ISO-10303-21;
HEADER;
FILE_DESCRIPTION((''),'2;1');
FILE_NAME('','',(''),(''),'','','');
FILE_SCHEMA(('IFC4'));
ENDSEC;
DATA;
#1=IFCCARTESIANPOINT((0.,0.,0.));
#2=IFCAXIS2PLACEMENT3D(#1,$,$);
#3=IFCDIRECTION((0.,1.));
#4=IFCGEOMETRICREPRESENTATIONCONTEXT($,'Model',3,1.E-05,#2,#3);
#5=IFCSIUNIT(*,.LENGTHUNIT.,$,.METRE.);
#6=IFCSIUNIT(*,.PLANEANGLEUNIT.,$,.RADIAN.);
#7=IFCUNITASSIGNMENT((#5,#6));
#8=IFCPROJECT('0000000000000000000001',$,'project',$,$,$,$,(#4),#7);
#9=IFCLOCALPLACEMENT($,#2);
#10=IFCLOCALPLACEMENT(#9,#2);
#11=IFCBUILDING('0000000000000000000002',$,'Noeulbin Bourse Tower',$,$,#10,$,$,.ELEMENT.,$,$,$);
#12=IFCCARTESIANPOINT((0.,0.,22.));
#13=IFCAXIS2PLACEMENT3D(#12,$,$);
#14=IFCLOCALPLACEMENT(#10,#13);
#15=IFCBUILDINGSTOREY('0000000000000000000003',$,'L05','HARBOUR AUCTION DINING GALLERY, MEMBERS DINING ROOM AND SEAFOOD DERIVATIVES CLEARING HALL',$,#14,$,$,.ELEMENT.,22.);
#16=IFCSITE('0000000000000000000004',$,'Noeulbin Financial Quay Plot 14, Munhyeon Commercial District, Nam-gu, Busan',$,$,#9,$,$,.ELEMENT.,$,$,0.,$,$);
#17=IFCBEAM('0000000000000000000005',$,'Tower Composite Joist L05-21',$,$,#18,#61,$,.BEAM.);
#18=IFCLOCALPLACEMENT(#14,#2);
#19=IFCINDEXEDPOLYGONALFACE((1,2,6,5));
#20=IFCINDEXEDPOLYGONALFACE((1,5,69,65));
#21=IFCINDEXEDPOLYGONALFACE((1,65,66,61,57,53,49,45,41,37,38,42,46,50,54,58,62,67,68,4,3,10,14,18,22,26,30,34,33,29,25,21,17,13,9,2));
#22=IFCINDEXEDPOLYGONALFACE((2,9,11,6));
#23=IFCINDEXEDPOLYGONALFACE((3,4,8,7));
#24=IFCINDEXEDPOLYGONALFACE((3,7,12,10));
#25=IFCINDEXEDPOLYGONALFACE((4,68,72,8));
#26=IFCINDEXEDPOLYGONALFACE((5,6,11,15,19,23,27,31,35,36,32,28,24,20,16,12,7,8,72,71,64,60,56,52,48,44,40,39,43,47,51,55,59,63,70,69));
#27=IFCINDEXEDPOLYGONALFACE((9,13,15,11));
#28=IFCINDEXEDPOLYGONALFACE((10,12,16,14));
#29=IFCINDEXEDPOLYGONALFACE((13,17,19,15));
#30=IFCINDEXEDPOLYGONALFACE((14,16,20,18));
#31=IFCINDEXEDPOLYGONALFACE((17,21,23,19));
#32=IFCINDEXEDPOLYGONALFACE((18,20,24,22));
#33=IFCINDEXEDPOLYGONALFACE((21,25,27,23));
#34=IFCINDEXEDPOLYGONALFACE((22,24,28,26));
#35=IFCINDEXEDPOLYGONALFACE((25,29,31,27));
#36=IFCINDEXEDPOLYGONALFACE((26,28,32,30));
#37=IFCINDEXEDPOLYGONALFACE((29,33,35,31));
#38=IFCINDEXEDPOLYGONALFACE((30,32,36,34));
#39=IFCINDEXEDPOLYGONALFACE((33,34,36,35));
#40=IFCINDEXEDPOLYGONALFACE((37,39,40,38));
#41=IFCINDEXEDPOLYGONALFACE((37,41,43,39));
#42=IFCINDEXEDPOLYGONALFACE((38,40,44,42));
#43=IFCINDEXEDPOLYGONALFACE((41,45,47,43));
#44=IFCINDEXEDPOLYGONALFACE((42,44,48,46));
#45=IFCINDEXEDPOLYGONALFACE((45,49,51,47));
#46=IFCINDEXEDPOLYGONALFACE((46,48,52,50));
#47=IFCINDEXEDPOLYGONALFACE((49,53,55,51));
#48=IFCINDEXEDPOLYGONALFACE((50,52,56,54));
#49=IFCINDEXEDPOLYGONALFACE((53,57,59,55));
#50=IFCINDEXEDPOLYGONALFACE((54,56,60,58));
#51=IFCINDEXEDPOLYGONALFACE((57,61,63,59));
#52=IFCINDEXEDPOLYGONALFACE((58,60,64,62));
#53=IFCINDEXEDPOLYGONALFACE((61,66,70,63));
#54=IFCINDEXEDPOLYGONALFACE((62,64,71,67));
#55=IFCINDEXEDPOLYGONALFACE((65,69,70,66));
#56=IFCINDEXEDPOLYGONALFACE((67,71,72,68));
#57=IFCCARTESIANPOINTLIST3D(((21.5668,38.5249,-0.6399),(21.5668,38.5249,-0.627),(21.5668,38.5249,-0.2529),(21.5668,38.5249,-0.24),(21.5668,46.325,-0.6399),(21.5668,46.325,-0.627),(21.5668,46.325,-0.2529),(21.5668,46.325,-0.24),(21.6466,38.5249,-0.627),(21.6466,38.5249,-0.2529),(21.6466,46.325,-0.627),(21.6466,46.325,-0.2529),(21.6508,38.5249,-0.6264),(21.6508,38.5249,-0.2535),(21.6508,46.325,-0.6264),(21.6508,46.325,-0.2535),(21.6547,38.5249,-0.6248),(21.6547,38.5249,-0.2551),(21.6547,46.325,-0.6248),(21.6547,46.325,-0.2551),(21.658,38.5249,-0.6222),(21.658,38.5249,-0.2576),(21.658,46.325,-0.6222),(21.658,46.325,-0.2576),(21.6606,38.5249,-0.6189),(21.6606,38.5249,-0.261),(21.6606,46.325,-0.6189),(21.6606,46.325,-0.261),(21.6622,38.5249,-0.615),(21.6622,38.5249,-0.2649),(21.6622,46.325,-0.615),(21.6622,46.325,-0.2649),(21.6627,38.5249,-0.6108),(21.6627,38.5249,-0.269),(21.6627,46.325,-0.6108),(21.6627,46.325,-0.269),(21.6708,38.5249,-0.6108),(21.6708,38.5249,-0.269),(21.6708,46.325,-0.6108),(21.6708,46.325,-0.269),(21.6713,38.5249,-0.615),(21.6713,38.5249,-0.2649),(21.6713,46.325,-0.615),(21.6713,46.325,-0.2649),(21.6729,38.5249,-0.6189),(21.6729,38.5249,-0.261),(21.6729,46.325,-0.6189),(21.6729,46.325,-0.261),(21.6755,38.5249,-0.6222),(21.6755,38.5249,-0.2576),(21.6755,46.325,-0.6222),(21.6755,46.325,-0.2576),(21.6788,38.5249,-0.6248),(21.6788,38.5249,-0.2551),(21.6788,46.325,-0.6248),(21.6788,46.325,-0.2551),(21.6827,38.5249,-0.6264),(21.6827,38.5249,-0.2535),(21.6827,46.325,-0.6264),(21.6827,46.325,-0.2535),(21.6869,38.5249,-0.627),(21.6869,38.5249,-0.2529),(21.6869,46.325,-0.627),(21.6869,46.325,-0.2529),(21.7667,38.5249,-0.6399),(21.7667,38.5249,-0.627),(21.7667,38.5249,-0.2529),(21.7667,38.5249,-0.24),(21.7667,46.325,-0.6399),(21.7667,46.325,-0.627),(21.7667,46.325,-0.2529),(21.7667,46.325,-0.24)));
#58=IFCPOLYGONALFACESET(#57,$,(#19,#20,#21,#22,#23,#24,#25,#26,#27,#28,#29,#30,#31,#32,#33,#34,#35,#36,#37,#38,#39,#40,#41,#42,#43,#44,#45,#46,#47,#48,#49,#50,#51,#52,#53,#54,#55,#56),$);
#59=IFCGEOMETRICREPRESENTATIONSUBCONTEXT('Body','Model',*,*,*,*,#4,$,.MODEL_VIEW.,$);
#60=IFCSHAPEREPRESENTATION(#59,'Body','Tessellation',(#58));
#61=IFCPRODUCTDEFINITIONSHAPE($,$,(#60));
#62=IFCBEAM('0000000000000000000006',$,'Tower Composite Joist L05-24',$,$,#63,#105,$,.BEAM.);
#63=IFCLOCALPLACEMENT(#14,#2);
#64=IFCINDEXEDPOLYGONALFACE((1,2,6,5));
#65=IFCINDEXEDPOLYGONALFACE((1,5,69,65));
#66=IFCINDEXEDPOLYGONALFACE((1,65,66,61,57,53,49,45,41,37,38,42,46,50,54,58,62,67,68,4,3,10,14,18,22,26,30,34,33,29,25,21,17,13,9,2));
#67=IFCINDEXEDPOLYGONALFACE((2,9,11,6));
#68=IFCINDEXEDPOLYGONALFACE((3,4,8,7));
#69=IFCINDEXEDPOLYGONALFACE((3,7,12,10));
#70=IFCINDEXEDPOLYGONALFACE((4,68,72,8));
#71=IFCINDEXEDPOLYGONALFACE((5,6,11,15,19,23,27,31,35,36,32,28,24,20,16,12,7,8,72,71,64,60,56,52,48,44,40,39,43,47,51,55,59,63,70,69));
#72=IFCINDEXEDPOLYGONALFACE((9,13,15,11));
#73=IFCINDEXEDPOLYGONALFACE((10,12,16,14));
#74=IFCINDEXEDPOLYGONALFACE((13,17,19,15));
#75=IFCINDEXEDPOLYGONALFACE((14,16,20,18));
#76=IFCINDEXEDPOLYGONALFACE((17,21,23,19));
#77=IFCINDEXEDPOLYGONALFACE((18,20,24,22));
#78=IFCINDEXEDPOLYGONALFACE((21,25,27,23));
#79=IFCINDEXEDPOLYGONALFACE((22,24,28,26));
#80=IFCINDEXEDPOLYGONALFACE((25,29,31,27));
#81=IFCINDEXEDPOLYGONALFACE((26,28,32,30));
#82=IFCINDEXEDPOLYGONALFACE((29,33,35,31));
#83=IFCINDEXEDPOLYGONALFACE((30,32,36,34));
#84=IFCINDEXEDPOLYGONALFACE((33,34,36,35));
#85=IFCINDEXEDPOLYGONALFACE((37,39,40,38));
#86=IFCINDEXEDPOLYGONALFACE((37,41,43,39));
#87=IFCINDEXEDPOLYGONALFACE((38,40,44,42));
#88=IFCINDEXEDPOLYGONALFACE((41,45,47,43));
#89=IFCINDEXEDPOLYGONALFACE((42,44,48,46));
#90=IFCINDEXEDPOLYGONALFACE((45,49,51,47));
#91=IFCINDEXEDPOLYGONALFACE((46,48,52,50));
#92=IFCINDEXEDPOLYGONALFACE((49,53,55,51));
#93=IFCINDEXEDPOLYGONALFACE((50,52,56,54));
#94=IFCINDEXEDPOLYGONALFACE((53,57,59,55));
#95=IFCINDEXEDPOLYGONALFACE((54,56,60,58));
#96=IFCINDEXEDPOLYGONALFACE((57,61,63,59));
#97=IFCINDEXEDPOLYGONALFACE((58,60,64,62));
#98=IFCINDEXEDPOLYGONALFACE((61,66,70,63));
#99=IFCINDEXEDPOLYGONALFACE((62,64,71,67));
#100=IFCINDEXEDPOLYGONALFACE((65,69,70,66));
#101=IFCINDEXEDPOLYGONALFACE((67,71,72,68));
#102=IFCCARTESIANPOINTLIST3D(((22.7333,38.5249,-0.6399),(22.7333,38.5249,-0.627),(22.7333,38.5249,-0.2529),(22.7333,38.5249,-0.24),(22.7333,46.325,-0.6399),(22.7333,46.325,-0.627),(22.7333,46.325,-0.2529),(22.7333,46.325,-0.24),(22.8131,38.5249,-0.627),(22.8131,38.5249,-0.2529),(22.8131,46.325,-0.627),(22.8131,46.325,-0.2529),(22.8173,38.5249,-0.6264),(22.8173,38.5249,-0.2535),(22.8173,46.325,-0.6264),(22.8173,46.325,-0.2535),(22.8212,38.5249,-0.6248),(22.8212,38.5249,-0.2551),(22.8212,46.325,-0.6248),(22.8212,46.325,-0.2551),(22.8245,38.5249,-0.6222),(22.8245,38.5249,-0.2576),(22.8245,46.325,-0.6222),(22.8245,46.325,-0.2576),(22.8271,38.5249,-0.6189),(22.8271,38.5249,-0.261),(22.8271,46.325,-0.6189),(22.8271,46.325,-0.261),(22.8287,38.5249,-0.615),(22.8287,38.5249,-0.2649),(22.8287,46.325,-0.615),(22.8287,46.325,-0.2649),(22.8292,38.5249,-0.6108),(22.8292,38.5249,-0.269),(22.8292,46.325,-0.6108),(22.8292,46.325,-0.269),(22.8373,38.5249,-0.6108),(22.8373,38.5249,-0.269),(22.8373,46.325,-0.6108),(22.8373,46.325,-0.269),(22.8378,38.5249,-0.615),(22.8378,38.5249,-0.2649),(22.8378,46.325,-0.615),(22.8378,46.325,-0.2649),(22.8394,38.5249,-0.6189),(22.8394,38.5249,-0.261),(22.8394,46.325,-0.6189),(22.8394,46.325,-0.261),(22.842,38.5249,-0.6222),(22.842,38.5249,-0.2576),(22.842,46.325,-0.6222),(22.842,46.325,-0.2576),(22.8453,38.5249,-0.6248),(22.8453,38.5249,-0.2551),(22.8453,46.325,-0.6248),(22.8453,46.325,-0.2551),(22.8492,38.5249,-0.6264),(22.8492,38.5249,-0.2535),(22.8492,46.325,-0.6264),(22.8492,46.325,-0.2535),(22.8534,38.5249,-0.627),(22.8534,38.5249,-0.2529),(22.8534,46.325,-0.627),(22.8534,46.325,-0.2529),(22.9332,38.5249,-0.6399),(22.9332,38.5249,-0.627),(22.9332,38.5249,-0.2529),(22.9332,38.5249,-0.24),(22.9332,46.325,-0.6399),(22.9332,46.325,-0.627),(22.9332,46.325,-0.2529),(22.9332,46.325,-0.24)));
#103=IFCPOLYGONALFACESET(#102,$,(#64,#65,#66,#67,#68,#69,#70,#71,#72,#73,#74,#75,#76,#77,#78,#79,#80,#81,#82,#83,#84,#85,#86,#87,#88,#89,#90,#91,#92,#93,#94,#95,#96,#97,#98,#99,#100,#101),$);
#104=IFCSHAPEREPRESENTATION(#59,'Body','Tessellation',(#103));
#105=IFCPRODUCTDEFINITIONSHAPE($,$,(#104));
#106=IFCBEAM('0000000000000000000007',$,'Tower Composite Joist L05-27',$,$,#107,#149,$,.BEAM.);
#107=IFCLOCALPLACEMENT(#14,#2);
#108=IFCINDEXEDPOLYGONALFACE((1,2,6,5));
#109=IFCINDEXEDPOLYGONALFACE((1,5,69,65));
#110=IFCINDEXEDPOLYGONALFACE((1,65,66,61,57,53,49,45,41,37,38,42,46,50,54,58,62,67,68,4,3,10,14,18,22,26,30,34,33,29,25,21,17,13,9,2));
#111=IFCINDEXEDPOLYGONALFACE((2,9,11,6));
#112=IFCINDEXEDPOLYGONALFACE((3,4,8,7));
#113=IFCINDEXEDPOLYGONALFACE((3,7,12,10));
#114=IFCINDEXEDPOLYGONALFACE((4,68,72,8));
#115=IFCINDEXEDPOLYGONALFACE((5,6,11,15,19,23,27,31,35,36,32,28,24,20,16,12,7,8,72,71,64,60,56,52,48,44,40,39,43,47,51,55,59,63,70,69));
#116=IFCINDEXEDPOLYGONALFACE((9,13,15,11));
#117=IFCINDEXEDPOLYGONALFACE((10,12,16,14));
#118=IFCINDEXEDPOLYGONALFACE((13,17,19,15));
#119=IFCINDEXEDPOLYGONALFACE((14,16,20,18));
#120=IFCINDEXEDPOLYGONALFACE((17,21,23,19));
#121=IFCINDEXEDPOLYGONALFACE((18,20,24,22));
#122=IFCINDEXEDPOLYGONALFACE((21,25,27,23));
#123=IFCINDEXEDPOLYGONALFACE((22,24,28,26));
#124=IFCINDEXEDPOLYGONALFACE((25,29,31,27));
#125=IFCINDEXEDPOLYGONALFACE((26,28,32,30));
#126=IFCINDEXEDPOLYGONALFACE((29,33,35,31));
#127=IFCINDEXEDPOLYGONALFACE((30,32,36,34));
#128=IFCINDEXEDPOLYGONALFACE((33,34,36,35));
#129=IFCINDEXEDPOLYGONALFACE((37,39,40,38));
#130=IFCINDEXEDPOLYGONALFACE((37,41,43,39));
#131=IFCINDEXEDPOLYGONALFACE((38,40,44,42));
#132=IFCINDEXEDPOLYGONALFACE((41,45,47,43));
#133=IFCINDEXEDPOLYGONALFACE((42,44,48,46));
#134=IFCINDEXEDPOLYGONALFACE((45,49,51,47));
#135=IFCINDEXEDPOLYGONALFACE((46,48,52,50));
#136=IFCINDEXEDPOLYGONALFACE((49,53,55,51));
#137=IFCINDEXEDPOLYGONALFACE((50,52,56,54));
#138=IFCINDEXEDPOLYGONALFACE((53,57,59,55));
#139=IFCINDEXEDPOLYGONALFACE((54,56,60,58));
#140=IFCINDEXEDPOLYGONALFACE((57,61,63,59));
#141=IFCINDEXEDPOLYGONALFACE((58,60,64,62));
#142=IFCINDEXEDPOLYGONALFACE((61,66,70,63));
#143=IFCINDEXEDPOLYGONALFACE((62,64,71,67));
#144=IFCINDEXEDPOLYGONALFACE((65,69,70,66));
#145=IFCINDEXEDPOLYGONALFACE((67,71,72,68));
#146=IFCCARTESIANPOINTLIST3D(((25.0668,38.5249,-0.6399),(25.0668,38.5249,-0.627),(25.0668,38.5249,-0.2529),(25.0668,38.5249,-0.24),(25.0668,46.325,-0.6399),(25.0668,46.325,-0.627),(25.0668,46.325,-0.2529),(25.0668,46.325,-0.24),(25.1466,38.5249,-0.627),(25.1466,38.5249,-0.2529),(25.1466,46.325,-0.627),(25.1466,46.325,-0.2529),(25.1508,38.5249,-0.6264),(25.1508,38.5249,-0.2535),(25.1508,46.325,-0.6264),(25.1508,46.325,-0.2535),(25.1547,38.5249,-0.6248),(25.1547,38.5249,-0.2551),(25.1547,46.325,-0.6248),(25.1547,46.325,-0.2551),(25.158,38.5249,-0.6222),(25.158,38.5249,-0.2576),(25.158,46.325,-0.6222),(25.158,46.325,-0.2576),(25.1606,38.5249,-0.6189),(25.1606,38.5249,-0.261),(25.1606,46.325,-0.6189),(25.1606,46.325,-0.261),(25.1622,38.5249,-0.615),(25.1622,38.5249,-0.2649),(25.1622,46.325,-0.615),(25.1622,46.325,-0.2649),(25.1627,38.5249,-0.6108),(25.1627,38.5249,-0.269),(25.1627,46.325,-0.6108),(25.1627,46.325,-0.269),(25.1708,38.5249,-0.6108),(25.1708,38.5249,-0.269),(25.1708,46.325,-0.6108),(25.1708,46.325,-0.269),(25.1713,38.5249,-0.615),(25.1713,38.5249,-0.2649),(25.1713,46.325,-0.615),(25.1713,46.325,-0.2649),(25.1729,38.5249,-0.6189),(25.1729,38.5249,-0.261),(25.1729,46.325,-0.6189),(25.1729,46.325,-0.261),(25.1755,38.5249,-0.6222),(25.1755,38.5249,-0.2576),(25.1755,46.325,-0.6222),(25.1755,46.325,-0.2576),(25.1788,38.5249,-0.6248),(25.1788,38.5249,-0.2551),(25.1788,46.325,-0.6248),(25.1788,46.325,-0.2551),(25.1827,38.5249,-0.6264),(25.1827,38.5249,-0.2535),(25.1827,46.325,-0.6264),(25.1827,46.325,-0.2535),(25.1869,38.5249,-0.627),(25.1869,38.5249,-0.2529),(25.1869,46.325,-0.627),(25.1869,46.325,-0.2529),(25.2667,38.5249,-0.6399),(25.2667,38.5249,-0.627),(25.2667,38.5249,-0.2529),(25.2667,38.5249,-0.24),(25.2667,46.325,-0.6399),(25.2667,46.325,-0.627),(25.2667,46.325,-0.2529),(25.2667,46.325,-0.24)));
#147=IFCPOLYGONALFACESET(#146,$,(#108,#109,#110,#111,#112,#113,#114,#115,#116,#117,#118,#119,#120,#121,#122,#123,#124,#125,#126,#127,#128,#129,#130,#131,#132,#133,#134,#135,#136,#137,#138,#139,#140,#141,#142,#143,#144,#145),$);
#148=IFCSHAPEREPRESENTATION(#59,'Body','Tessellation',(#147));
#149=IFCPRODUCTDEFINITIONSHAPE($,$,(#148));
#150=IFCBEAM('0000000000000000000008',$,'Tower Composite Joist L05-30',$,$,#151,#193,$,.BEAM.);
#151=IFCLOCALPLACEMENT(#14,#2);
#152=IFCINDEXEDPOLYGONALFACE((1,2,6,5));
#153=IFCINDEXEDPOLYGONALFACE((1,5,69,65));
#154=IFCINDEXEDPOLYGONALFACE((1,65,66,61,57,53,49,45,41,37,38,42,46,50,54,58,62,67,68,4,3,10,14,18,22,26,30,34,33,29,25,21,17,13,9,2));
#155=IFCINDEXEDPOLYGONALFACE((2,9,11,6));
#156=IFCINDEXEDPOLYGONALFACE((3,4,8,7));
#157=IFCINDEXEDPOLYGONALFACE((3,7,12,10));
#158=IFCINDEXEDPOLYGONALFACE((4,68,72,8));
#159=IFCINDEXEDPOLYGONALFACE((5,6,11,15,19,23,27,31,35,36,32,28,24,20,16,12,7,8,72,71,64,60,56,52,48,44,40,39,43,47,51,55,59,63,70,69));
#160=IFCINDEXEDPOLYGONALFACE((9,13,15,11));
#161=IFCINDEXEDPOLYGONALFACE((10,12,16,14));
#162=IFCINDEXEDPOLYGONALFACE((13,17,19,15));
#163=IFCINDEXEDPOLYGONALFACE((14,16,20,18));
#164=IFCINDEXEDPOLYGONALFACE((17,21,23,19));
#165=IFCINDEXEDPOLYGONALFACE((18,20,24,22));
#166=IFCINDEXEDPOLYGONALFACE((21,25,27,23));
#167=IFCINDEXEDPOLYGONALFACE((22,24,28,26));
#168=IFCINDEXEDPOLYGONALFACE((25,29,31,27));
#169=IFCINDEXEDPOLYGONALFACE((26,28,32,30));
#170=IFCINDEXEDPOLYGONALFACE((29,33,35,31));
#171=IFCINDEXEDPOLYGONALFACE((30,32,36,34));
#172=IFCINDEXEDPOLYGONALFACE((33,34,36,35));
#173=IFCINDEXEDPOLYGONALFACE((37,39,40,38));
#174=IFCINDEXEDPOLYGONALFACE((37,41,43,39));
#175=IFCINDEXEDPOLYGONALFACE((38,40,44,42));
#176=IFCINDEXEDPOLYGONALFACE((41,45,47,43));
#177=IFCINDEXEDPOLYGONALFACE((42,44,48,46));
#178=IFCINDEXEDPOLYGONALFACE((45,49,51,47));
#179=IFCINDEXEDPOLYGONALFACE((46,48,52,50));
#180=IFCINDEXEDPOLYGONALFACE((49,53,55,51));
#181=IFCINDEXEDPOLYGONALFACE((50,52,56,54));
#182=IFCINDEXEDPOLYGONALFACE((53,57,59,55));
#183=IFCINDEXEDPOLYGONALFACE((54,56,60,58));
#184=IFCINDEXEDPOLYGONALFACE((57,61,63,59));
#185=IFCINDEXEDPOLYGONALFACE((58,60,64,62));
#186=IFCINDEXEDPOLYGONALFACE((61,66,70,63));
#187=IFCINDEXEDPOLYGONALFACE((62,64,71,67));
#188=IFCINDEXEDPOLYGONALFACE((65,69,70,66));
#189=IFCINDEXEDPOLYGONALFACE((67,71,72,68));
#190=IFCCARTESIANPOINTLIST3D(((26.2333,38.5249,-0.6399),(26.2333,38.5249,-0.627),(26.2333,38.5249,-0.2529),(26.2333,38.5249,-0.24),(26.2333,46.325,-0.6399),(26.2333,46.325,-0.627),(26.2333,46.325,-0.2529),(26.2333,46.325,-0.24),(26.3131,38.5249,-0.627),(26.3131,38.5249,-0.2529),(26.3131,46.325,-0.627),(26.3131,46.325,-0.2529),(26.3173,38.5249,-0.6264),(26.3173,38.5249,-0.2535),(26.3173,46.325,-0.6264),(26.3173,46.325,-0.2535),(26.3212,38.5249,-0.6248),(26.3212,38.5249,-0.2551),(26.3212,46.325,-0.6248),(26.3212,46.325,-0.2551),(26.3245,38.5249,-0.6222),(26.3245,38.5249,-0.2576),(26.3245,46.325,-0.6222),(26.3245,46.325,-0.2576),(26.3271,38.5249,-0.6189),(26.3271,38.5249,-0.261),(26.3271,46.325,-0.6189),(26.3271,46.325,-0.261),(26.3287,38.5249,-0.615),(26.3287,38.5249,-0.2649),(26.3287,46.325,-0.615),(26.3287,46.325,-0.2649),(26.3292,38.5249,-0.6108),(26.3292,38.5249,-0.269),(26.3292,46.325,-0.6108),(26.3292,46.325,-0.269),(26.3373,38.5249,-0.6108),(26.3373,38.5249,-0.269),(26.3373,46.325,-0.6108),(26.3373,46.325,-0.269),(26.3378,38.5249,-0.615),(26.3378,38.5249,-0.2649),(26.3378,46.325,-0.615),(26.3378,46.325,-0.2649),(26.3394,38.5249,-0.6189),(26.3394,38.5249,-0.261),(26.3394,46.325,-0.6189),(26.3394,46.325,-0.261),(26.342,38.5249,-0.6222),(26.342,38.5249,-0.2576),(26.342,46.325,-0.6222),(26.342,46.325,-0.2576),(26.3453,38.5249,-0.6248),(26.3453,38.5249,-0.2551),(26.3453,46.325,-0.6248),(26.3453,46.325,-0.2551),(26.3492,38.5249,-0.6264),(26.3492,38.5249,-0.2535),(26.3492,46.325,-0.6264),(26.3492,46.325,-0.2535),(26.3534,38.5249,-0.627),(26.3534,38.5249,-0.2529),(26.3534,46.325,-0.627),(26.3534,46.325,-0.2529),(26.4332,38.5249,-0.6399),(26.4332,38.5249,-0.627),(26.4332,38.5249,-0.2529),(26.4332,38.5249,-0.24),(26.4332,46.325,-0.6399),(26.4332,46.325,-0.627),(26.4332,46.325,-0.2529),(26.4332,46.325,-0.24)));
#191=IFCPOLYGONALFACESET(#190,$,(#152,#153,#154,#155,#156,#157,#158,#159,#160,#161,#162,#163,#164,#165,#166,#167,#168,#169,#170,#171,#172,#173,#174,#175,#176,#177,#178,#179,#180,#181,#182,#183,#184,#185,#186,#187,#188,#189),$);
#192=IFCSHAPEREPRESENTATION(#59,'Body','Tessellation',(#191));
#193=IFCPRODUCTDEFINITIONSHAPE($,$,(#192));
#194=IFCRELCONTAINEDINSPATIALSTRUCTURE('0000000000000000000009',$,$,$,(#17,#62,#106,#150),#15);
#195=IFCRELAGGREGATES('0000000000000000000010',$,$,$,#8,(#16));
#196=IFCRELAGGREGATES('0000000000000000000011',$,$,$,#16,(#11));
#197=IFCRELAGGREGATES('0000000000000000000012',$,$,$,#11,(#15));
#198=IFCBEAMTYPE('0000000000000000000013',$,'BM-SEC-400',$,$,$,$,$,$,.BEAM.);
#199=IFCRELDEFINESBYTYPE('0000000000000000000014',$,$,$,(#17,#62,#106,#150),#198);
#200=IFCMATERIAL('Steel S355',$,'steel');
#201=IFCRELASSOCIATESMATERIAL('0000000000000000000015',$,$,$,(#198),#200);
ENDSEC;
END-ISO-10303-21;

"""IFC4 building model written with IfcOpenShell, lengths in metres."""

from ifc_helpers import new_model, si_unit, direction, frame, origin, origin_2d, place, context, subcontext, project, spatial, i_section, extrude, material, material_profile, profile_set, type_object, element, save


model = new_model("IFC4")

# Units and contexts
model_context = context("Model", 3, precision=1e-05, world=origin(), true_north=direction((0.0, 1.0)))
body_context = subcontext(model_context, "Body", "Model", "MODEL_VIEW")
ifc_project = project(units=[si_unit("LENGTHUNIT", "METRE"), si_unit("PLANEANGLEUNIT", "RADIAN")], contexts=[model_context])

# Site, building, storey
site_placement = place(None, origin())
site = spatial("IfcSite", under=ifc_project, at=site_placement, Name="Noeulbin Financial Quay Plot 14, Munhyeon Commercial District, Nam-gu, Busan", CompositionType="ELEMENT", RefElevation=0.0)
building_placement = place(site_placement, origin())
building = spatial("IfcBuilding", under=site, at=building_placement, Name="Noeulbin Bourse Tower", CompositionType="ELEMENT")
storey_placement = place(building_placement, frame((0.0, 0.0, 22.0)))
storey = spatial("IfcBuildingStorey", under=building, at=storey_placement, Name="L05", Description="HARBOUR AUCTION DINING GALLERY, MEMBERS DINING ROOM AND SEAFOOD DERIVATIVES CLEARING HALL", CompositionType="ELEMENT", Elevation=22.0)

# Beams
ifc_material_1 = material(Name="Steel S355", Category="steel")
ifc_material_profile_1 = material_profile(ifc_material_1, i_section(OverallWidth=0.2, OverallDepth=0.3999, WebThickness=0.0081, FlangeThickness=0.0129, FilletRadius=0.0161, at=origin_2d()), Name="H-400x200x8x13", Category="LoadBearing")
ifc_profile_set_1 = profile_set([ifc_material_profile_1], Name="Steel S355")
beam_type_1 = type_object("IfcBeamType", Name="BM-SEC-400", PredefinedType="BEAM", material=ifc_profile_set_1)
for number, where, z_axis, x_axis, name in (
    (1, (21.6667, 38.5249, -0.4399), (0.0, 1.0, 0.0), (-1.0, 0.0, 0.0), "Tower Composite Joist L05-21"),
    (2, (22.8333, 38.5249, -0.4399), (0.0, 1.0, 0.0), (-1.0, 0.0, 0.0), "Tower Composite Joist L05-24"),
    (3, (25.1667, 38.5249, -0.4399), (0.0, 1.0, 0.0), (-1.0, 0.0, 0.0), "Tower Composite Joist L05-27"),
    (4, (26.3333, 38.5249, -0.4399), (0.0, 1.0, 0.0), (-1.0, 0.0, 0.0), "Tower Composite Joist L05-30"),
):
    element("IfcBeam", number, at=place(storey_placement, frame(where, z_axis=z_axis, x_axis=x_axis)), inside=storey, type_object=beam_type_1, Name=name, PredefinedType="BEAM", context=body_context, shape_type="SweptSolid", body=[
        extrude(i_section(OverallWidth=0.2, OverallDepth=0.3999, WebThickness=0.0081, FlangeThickness=0.0129, FilletRadius=0.0161, at=origin_2d()), origin(), (0.0, 0.0, 1.0), 7.8),
    ])

save(model, "model.ifc")
